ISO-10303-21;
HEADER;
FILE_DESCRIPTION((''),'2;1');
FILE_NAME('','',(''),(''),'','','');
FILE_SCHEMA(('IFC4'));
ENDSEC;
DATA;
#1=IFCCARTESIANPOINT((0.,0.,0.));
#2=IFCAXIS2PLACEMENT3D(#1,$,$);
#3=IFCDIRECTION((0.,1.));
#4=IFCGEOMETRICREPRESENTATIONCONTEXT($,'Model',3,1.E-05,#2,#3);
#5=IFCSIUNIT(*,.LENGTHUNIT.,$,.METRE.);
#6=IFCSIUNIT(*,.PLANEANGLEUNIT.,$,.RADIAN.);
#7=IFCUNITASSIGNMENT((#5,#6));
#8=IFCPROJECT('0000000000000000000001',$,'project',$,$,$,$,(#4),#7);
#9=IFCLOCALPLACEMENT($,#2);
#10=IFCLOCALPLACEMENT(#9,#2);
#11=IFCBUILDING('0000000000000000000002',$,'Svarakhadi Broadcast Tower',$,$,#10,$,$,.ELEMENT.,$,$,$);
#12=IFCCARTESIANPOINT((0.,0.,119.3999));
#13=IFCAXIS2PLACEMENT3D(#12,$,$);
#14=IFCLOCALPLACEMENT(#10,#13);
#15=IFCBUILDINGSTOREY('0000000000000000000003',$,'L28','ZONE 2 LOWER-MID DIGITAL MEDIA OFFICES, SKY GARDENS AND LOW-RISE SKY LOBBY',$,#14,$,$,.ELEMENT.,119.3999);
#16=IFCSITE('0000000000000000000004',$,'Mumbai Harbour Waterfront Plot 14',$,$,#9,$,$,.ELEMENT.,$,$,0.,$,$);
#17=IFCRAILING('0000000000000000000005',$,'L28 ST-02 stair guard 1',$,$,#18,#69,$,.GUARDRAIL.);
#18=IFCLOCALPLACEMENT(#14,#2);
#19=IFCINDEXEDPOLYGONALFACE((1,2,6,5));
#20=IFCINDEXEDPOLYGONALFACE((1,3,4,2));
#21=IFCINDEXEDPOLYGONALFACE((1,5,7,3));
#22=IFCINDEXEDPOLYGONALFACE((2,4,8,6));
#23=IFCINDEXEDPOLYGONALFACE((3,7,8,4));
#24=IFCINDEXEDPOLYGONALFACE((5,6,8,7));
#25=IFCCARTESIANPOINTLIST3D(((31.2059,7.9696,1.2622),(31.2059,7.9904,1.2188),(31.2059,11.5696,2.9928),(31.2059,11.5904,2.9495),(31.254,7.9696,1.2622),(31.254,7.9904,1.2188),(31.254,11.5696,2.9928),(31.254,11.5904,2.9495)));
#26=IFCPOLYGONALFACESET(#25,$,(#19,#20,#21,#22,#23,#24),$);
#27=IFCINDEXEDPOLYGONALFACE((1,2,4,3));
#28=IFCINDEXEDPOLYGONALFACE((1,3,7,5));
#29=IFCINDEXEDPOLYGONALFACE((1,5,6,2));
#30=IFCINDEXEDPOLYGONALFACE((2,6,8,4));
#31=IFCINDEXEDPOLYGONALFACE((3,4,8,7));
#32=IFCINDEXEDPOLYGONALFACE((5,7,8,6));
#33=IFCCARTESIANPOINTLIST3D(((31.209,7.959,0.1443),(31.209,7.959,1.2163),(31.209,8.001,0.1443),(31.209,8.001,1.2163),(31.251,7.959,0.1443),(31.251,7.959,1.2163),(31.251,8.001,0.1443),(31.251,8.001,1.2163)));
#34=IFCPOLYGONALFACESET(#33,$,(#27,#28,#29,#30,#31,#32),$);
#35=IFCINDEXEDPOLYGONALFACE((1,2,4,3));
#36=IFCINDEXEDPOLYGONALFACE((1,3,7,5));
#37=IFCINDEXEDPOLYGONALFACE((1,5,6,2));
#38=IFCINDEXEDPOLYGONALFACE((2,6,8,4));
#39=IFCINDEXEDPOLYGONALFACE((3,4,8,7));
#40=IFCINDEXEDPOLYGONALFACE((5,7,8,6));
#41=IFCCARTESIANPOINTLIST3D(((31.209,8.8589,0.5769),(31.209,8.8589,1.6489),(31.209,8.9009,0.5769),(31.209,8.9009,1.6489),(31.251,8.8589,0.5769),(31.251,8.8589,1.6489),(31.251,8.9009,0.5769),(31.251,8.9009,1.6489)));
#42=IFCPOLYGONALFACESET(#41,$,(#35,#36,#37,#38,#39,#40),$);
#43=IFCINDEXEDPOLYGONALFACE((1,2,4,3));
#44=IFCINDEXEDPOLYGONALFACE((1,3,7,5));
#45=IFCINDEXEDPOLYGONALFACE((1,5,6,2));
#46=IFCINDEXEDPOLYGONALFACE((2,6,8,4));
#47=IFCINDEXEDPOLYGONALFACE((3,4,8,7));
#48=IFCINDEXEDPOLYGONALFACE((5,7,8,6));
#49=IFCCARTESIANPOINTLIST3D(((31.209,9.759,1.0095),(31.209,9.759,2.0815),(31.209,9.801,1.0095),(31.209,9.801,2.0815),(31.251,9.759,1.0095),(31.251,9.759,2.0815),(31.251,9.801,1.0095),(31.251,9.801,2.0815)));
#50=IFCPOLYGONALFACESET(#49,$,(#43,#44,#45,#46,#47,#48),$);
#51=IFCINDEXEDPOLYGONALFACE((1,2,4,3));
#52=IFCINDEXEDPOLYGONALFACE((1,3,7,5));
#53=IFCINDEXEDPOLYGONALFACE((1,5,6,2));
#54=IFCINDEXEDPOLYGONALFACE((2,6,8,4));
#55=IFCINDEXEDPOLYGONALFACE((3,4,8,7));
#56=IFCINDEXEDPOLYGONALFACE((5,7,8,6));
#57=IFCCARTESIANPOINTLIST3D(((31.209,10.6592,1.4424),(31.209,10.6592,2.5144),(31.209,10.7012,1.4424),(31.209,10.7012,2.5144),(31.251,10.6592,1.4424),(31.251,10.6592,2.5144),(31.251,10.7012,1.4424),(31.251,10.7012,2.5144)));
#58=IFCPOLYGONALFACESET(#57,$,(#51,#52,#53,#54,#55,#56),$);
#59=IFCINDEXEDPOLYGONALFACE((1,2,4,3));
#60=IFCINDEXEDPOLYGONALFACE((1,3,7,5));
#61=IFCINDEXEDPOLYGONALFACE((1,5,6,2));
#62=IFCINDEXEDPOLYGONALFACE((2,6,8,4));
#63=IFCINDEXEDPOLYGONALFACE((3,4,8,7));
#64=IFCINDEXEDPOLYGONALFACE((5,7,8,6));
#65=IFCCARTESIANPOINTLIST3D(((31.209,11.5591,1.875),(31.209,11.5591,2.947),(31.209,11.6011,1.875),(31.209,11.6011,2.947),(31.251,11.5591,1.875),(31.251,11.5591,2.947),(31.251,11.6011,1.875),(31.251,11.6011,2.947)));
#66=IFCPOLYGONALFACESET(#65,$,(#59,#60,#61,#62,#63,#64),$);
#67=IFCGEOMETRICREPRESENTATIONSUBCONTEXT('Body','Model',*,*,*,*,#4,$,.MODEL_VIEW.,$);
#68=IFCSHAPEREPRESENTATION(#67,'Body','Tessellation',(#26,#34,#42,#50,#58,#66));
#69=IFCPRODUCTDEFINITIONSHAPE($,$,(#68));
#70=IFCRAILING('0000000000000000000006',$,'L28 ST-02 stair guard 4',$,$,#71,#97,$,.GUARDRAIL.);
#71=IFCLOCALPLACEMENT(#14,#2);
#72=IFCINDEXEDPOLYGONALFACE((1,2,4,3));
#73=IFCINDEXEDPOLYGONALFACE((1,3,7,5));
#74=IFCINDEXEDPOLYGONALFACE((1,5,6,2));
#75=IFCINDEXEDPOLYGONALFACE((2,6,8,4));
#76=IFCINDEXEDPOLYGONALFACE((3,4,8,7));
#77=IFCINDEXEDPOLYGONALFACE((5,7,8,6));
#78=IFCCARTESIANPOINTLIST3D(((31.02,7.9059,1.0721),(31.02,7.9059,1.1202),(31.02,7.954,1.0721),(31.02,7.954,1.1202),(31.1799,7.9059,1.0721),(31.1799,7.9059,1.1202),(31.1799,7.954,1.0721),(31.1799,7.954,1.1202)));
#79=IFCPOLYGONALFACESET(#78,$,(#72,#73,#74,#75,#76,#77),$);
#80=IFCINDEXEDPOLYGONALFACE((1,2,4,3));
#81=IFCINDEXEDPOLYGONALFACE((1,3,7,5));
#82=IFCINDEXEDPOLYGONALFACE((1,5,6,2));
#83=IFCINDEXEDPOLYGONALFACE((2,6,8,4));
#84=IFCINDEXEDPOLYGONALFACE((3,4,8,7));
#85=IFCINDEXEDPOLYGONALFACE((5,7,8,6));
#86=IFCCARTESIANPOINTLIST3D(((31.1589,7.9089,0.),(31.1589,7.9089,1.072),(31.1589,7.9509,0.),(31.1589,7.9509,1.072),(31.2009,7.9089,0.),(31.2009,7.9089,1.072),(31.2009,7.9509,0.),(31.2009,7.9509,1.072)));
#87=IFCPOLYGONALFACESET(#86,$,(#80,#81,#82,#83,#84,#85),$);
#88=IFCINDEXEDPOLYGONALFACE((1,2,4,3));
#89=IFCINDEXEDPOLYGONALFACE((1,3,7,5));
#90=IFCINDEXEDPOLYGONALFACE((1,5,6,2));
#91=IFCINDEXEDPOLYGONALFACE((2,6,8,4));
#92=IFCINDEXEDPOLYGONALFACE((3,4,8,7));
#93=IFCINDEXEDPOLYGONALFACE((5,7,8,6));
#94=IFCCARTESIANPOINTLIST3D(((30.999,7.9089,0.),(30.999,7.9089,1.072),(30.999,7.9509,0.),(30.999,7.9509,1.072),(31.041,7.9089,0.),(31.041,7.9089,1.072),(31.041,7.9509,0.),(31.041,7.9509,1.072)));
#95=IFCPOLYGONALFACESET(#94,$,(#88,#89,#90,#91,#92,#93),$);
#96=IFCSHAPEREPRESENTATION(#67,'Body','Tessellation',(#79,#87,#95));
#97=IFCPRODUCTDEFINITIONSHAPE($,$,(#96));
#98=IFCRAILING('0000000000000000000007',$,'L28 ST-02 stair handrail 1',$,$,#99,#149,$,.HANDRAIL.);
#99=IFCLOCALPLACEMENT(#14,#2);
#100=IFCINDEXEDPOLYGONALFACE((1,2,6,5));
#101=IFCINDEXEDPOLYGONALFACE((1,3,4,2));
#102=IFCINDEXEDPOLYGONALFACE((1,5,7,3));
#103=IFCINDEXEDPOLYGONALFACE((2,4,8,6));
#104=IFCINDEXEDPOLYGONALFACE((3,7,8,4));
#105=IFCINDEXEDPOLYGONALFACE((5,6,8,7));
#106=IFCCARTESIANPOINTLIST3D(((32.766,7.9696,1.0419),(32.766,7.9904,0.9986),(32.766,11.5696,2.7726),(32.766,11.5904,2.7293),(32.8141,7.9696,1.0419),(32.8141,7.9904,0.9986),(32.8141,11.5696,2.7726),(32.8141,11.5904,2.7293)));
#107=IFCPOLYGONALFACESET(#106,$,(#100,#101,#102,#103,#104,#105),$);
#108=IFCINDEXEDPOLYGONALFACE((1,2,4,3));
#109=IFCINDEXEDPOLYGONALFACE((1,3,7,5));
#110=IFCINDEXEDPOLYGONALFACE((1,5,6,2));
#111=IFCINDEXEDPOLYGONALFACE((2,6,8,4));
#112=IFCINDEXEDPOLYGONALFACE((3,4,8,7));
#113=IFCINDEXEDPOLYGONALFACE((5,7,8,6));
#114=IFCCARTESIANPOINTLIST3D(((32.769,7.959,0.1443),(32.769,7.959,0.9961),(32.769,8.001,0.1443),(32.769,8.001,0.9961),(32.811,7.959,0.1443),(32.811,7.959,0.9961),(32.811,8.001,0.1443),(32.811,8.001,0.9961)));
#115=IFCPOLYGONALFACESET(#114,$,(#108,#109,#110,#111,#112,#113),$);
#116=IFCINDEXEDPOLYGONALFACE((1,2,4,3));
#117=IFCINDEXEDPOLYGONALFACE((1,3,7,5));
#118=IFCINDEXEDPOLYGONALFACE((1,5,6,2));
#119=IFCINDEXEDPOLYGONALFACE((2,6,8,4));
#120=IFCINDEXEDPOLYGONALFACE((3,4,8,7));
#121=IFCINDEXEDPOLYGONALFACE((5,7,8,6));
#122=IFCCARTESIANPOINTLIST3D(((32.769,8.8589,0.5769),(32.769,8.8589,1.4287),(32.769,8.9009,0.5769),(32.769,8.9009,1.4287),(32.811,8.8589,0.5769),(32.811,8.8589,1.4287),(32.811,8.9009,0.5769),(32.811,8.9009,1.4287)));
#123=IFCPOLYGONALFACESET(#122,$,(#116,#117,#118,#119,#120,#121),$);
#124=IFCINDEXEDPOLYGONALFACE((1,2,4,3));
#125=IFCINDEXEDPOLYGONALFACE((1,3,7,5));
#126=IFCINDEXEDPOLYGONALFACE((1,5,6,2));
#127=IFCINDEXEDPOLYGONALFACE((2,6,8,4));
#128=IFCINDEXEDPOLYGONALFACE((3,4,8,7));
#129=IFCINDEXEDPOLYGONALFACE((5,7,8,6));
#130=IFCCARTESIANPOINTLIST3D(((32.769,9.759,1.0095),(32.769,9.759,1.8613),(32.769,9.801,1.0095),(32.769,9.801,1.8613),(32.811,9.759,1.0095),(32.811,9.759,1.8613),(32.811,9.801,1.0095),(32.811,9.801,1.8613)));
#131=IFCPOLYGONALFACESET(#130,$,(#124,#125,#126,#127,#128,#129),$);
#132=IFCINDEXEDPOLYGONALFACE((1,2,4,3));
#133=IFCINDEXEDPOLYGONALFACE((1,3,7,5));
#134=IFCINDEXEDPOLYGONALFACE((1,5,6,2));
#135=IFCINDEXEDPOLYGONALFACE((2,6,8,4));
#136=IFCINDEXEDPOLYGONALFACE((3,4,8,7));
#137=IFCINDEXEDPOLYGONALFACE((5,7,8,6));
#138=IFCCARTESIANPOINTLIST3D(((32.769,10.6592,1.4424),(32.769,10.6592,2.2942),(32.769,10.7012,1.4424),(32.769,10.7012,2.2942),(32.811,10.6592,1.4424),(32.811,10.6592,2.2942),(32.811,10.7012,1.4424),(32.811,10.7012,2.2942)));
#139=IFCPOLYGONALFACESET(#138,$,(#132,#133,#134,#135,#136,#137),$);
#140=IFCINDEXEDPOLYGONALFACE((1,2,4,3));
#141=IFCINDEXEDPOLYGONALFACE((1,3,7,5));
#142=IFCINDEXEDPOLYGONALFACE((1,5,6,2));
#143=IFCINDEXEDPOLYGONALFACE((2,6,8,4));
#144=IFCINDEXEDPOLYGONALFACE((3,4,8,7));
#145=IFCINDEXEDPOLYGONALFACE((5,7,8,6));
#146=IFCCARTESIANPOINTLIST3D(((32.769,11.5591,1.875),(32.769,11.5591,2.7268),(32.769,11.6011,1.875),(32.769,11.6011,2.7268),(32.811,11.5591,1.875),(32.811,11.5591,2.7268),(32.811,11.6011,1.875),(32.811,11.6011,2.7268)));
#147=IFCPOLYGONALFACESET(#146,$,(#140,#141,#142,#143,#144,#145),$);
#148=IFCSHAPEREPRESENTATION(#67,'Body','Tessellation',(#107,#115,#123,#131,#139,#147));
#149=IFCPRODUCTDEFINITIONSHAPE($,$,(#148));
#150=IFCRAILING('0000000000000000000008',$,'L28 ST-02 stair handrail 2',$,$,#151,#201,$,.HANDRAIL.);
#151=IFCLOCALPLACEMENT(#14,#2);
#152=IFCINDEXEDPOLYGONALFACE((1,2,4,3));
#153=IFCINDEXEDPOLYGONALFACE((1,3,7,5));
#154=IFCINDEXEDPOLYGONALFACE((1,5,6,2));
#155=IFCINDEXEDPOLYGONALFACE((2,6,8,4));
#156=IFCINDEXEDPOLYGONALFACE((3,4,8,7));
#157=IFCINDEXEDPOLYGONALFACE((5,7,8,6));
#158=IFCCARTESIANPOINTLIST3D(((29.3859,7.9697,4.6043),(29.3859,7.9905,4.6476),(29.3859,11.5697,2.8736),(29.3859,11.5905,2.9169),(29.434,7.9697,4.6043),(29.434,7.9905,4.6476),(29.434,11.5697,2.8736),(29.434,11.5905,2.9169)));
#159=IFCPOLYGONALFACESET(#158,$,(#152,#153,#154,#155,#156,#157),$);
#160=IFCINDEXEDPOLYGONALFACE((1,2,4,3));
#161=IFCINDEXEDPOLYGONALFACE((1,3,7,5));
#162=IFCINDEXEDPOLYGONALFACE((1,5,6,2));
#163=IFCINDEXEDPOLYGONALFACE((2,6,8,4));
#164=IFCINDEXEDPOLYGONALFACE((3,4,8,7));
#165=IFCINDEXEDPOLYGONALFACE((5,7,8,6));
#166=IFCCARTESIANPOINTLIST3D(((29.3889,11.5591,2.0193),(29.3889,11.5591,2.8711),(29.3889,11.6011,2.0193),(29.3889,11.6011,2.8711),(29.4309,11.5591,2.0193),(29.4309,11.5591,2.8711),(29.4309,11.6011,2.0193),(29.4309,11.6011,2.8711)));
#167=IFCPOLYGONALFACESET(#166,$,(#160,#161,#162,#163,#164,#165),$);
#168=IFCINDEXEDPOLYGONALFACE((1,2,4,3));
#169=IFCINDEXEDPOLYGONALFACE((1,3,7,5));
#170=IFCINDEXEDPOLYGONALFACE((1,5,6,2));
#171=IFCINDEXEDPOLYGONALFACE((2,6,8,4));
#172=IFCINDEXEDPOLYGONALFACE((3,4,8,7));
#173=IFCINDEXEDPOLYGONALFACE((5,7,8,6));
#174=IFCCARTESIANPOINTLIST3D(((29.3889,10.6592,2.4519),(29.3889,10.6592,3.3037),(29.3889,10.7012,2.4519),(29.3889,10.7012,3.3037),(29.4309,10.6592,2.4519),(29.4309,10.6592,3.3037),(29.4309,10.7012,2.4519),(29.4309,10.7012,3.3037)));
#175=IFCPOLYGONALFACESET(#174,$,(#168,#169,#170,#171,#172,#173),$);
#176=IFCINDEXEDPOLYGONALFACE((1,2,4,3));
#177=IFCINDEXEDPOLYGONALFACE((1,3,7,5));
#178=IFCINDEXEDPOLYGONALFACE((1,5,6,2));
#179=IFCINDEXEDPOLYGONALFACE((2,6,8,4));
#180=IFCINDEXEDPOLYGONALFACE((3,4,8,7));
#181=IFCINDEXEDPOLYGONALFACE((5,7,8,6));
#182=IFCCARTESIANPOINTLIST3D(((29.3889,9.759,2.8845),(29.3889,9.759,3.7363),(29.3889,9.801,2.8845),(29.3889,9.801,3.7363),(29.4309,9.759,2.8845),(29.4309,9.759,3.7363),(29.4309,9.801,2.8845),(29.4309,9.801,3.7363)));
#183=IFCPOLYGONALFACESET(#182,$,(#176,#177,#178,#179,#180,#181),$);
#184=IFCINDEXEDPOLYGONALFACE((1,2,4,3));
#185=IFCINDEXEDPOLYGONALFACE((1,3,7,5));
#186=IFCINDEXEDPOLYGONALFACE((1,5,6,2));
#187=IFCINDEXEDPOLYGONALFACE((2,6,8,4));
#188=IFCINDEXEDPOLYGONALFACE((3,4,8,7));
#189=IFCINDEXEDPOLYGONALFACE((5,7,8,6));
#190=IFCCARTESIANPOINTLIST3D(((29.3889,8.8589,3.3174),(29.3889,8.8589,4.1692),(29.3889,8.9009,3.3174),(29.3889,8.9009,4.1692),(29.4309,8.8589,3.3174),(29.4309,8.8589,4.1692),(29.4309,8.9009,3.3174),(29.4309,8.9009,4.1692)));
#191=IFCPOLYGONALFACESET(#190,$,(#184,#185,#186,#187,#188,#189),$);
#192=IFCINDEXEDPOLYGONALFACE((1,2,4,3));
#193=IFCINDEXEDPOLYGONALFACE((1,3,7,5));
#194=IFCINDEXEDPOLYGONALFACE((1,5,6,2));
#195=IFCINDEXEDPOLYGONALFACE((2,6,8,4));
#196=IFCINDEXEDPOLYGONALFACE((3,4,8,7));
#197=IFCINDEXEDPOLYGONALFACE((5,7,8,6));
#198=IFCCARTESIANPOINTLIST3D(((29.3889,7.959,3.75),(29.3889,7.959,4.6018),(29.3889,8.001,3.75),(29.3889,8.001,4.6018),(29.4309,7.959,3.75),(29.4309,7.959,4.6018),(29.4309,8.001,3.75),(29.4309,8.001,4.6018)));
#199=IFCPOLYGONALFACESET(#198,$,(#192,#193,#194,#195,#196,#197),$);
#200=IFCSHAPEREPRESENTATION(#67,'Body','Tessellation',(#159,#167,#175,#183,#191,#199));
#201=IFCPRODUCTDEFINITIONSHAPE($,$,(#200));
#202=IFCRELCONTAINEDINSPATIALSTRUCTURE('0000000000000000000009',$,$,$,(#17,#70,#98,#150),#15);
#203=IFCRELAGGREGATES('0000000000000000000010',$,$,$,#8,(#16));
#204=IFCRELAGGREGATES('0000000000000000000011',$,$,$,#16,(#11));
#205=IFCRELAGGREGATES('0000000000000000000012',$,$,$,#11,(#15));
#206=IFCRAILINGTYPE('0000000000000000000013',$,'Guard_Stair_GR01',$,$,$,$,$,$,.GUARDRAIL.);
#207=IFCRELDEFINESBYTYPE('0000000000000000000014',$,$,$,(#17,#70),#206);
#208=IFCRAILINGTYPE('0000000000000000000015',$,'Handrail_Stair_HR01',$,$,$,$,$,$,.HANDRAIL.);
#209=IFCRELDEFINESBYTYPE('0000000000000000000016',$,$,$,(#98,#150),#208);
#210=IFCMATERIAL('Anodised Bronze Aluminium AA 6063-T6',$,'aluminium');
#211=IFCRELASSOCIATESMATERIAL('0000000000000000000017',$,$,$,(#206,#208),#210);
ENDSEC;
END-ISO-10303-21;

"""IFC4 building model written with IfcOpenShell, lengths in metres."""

from ifc_helpers import new_model, si_unit, direction, frame, origin, origin_2d, place, context, subcontext, project, spatial, rectangle, extrude, material, type_object, element, save


model = new_model("IFC4")

# Units and contexts
model_context = context("Model", 3, precision=1e-05, world=origin(), true_north=direction((0.0, 1.0)))
body_context = subcontext(model_context, "Body", "Model", "MODEL_VIEW")
ifc_project = project(units=[si_unit("LENGTHUNIT", "METRE"), si_unit("PLANEANGLEUNIT", "RADIAN")], contexts=[model_context])

# Site, building, storey
site_placement = place(None, origin())
site = spatial("IfcSite", under=ifc_project, at=site_placement, Name="Mumbai Harbour Waterfront Plot 14", CompositionType="ELEMENT", RefElevation=0.0)
building_placement = place(site_placement, origin())
building = spatial("IfcBuilding", under=site, at=building_placement, Name="Svarakhadi Broadcast Tower", CompositionType="ELEMENT")
storey_placement = place(building_placement, frame((0.0, 0.0, 119.3999)))
storey = spatial("IfcBuildingStorey", under=building, at=storey_placement, Name="L28", Description="ZONE 2 LOWER-MID DIGITAL MEDIA OFFICES, SKY GARDENS AND LOW-RISE SKY LOBBY", CompositionType="ELEMENT", Elevation=119.3999)

# Shared definitions
ifc_material_1 = material(Name="Anodised Bronze Aluminium AA 6063-T6", Category="aluminium")

# Railings
railing_type_1 = type_object("IfcRailingType", Name="Guard_Stair_GR01", PredefinedType="GUARDRAIL", material=ifc_material_1)
railing_1_placement = place(storey_placement, frame((31.23, 7.98, 0.1443)))
element("IfcRailing", 1, at=railing_1_placement, inside=storey, type_object=railing_type_1, Name="L28 ST-02 stair guard 1", PredefinedType="GUARDRAIL", context=body_context, shape_type="SweptSolid", body=[
    extrude(rectangle(XDim=0.0481, YDim=0.0481, at=origin_2d()), frame((0.0, 0.0, 1.0962), z_axis=(0.0, 0.901263, 0.433273), x_axis=(-1.0, 0.0, 0.0)), (0.0, 0.0, 1.0), 3.9944),
    extrude(rectangle(XDim=0.042, YDim=0.042, at=origin_2d()), origin(), (0.0, 0.0, 1.0), 1.072),
    extrude(rectangle(XDim=0.042, YDim=0.042, at=origin_2d()), frame((0.0, 0.8999, 0.4326)), (0.0, 0.0, 1.0), 1.072),
    extrude(rectangle(XDim=0.042, YDim=0.042, at=origin_2d()), frame((0.0, 1.8, 0.8652)), (0.0, 0.0, 1.0), 1.072),
    extrude(rectangle(XDim=0.042, YDim=0.042, at=origin_2d()), frame((0.0, 2.7002, 1.2981)), (0.0, 0.0, 1.0), 1.072),
    extrude(rectangle(XDim=0.042, YDim=0.042, at=origin_2d()), frame((0.0, 3.6001, 1.7307)), (0.0, 0.0, 1.0), 1.072),
])
railing_2_placement = place(storey_placement, frame((31.1799, 7.9299, 0.0)))
element("IfcRailing", 2, at=railing_2_placement, inside=storey, type_object=railing_type_1, Name="L28 ST-02 stair guard 4", PredefinedType="GUARDRAIL", context=body_context, shape_type="SweptSolid", body=[
    extrude(rectangle(XDim=0.0481, YDim=0.0481, at=origin_2d()), frame((0.0, 0.0, 1.0962), z_axis=(-1.0, 0.0, 0.0), x_axis=(0.0, -1.0, 0.0)), (0.0, 0.0, 1.0), 0.1599),
    extrude(rectangle(XDim=0.042, YDim=0.042, at=origin_2d()), origin(), (0.0, 0.0, 1.0), 1.072),
    extrude(rectangle(XDim=0.042, YDim=0.042, at=origin_2d()), frame((-0.1599, 0.0, 0.0)), (0.0, 0.0, 1.0), 1.072),
])
railing_type_2 = type_object("IfcRailingType", Name="Handrail_Stair_HR01", PredefinedType="HANDRAIL", material=ifc_material_1)
railing_3_placement = place(storey_placement, frame((32.79, 7.98, 0.1443)))
element("IfcRailing", 3, at=railing_3_placement, inside=storey, type_object=railing_type_2, Name="L28 ST-02 stair handrail 1", PredefinedType="HANDRAIL", context=body_context, shape_type="SweptSolid", body=[
    extrude(rectangle(XDim=0.0481, YDim=0.0481, at=origin_2d()), frame((0.0, 0.0, 0.876), z_axis=(0.0, 0.901263, 0.433273), x_axis=(-1.0, 0.0, 0.0)), (0.0, 0.0, 1.0), 3.9944),
    extrude(rectangle(XDim=0.042, YDim=0.042, at=origin_2d()), origin(), (0.0, 0.0, 1.0), 0.8518),
    extrude(rectangle(XDim=0.042, YDim=0.042, at=origin_2d()), frame((0.0, 0.8999, 0.4326)), (0.0, 0.0, 1.0), 0.8518),
    extrude(rectangle(XDim=0.042, YDim=0.042, at=origin_2d()), frame((0.0, 1.8, 0.8652)), (0.0, 0.0, 1.0), 0.8518),
    extrude(rectangle(XDim=0.042, YDim=0.042, at=origin_2d()), frame((0.0, 2.7002, 1.2981)), (0.0, 0.0, 1.0), 0.8518),
    extrude(rectangle(XDim=0.042, YDim=0.042, at=origin_2d()), frame((0.0, 3.6001, 1.7307)), (0.0, 0.0, 1.0), 0.8518),
])
railing_4_placement = place(storey_placement, frame((29.4099, 11.5801, 2.0193)))
element("IfcRailing", 4, at=railing_4_placement, inside=storey, type_object=railing_type_2, Name="L28 ST-02 stair handrail 2", PredefinedType="HANDRAIL", context=body_context, shape_type="SweptSolid", body=[
    extrude(rectangle(XDim=0.0481, YDim=0.0481, at=origin_2d()), frame((0.0, 0.0, 0.876), z_axis=(0.0, -0.901263, 0.433273), x_axis=(1.0, 0.0, 0.0)), (0.0, 0.0, 1.0), 3.9944),
    extrude(rectangle(XDim=0.042, YDim=0.042, at=origin_2d()), origin(), (0.0, 0.0, 1.0), 0.8518),
    extrude(rectangle(XDim=0.042, YDim=0.042, at=origin_2d()), frame((0.0, -0.8999, 0.4326)), (0.0, 0.0, 1.0), 0.8518),
    extrude(rectangle(XDim=0.042, YDim=0.042, at=origin_2d()), frame((0.0, -1.8, 0.8652)), (0.0, 0.0, 1.0), 0.8518),
    extrude(rectangle(XDim=0.042, YDim=0.042, at=origin_2d()), frame((0.0, -2.7002, 1.2981)), (0.0, 0.0, 1.0), 0.8518),
    extrude(rectangle(XDim=0.042, YDim=0.042, at=origin_2d()), frame((0.0, -3.6001, 1.7307)), (0.0, 0.0, 1.0), 0.8518),
])

save(model, "model.ifc")
